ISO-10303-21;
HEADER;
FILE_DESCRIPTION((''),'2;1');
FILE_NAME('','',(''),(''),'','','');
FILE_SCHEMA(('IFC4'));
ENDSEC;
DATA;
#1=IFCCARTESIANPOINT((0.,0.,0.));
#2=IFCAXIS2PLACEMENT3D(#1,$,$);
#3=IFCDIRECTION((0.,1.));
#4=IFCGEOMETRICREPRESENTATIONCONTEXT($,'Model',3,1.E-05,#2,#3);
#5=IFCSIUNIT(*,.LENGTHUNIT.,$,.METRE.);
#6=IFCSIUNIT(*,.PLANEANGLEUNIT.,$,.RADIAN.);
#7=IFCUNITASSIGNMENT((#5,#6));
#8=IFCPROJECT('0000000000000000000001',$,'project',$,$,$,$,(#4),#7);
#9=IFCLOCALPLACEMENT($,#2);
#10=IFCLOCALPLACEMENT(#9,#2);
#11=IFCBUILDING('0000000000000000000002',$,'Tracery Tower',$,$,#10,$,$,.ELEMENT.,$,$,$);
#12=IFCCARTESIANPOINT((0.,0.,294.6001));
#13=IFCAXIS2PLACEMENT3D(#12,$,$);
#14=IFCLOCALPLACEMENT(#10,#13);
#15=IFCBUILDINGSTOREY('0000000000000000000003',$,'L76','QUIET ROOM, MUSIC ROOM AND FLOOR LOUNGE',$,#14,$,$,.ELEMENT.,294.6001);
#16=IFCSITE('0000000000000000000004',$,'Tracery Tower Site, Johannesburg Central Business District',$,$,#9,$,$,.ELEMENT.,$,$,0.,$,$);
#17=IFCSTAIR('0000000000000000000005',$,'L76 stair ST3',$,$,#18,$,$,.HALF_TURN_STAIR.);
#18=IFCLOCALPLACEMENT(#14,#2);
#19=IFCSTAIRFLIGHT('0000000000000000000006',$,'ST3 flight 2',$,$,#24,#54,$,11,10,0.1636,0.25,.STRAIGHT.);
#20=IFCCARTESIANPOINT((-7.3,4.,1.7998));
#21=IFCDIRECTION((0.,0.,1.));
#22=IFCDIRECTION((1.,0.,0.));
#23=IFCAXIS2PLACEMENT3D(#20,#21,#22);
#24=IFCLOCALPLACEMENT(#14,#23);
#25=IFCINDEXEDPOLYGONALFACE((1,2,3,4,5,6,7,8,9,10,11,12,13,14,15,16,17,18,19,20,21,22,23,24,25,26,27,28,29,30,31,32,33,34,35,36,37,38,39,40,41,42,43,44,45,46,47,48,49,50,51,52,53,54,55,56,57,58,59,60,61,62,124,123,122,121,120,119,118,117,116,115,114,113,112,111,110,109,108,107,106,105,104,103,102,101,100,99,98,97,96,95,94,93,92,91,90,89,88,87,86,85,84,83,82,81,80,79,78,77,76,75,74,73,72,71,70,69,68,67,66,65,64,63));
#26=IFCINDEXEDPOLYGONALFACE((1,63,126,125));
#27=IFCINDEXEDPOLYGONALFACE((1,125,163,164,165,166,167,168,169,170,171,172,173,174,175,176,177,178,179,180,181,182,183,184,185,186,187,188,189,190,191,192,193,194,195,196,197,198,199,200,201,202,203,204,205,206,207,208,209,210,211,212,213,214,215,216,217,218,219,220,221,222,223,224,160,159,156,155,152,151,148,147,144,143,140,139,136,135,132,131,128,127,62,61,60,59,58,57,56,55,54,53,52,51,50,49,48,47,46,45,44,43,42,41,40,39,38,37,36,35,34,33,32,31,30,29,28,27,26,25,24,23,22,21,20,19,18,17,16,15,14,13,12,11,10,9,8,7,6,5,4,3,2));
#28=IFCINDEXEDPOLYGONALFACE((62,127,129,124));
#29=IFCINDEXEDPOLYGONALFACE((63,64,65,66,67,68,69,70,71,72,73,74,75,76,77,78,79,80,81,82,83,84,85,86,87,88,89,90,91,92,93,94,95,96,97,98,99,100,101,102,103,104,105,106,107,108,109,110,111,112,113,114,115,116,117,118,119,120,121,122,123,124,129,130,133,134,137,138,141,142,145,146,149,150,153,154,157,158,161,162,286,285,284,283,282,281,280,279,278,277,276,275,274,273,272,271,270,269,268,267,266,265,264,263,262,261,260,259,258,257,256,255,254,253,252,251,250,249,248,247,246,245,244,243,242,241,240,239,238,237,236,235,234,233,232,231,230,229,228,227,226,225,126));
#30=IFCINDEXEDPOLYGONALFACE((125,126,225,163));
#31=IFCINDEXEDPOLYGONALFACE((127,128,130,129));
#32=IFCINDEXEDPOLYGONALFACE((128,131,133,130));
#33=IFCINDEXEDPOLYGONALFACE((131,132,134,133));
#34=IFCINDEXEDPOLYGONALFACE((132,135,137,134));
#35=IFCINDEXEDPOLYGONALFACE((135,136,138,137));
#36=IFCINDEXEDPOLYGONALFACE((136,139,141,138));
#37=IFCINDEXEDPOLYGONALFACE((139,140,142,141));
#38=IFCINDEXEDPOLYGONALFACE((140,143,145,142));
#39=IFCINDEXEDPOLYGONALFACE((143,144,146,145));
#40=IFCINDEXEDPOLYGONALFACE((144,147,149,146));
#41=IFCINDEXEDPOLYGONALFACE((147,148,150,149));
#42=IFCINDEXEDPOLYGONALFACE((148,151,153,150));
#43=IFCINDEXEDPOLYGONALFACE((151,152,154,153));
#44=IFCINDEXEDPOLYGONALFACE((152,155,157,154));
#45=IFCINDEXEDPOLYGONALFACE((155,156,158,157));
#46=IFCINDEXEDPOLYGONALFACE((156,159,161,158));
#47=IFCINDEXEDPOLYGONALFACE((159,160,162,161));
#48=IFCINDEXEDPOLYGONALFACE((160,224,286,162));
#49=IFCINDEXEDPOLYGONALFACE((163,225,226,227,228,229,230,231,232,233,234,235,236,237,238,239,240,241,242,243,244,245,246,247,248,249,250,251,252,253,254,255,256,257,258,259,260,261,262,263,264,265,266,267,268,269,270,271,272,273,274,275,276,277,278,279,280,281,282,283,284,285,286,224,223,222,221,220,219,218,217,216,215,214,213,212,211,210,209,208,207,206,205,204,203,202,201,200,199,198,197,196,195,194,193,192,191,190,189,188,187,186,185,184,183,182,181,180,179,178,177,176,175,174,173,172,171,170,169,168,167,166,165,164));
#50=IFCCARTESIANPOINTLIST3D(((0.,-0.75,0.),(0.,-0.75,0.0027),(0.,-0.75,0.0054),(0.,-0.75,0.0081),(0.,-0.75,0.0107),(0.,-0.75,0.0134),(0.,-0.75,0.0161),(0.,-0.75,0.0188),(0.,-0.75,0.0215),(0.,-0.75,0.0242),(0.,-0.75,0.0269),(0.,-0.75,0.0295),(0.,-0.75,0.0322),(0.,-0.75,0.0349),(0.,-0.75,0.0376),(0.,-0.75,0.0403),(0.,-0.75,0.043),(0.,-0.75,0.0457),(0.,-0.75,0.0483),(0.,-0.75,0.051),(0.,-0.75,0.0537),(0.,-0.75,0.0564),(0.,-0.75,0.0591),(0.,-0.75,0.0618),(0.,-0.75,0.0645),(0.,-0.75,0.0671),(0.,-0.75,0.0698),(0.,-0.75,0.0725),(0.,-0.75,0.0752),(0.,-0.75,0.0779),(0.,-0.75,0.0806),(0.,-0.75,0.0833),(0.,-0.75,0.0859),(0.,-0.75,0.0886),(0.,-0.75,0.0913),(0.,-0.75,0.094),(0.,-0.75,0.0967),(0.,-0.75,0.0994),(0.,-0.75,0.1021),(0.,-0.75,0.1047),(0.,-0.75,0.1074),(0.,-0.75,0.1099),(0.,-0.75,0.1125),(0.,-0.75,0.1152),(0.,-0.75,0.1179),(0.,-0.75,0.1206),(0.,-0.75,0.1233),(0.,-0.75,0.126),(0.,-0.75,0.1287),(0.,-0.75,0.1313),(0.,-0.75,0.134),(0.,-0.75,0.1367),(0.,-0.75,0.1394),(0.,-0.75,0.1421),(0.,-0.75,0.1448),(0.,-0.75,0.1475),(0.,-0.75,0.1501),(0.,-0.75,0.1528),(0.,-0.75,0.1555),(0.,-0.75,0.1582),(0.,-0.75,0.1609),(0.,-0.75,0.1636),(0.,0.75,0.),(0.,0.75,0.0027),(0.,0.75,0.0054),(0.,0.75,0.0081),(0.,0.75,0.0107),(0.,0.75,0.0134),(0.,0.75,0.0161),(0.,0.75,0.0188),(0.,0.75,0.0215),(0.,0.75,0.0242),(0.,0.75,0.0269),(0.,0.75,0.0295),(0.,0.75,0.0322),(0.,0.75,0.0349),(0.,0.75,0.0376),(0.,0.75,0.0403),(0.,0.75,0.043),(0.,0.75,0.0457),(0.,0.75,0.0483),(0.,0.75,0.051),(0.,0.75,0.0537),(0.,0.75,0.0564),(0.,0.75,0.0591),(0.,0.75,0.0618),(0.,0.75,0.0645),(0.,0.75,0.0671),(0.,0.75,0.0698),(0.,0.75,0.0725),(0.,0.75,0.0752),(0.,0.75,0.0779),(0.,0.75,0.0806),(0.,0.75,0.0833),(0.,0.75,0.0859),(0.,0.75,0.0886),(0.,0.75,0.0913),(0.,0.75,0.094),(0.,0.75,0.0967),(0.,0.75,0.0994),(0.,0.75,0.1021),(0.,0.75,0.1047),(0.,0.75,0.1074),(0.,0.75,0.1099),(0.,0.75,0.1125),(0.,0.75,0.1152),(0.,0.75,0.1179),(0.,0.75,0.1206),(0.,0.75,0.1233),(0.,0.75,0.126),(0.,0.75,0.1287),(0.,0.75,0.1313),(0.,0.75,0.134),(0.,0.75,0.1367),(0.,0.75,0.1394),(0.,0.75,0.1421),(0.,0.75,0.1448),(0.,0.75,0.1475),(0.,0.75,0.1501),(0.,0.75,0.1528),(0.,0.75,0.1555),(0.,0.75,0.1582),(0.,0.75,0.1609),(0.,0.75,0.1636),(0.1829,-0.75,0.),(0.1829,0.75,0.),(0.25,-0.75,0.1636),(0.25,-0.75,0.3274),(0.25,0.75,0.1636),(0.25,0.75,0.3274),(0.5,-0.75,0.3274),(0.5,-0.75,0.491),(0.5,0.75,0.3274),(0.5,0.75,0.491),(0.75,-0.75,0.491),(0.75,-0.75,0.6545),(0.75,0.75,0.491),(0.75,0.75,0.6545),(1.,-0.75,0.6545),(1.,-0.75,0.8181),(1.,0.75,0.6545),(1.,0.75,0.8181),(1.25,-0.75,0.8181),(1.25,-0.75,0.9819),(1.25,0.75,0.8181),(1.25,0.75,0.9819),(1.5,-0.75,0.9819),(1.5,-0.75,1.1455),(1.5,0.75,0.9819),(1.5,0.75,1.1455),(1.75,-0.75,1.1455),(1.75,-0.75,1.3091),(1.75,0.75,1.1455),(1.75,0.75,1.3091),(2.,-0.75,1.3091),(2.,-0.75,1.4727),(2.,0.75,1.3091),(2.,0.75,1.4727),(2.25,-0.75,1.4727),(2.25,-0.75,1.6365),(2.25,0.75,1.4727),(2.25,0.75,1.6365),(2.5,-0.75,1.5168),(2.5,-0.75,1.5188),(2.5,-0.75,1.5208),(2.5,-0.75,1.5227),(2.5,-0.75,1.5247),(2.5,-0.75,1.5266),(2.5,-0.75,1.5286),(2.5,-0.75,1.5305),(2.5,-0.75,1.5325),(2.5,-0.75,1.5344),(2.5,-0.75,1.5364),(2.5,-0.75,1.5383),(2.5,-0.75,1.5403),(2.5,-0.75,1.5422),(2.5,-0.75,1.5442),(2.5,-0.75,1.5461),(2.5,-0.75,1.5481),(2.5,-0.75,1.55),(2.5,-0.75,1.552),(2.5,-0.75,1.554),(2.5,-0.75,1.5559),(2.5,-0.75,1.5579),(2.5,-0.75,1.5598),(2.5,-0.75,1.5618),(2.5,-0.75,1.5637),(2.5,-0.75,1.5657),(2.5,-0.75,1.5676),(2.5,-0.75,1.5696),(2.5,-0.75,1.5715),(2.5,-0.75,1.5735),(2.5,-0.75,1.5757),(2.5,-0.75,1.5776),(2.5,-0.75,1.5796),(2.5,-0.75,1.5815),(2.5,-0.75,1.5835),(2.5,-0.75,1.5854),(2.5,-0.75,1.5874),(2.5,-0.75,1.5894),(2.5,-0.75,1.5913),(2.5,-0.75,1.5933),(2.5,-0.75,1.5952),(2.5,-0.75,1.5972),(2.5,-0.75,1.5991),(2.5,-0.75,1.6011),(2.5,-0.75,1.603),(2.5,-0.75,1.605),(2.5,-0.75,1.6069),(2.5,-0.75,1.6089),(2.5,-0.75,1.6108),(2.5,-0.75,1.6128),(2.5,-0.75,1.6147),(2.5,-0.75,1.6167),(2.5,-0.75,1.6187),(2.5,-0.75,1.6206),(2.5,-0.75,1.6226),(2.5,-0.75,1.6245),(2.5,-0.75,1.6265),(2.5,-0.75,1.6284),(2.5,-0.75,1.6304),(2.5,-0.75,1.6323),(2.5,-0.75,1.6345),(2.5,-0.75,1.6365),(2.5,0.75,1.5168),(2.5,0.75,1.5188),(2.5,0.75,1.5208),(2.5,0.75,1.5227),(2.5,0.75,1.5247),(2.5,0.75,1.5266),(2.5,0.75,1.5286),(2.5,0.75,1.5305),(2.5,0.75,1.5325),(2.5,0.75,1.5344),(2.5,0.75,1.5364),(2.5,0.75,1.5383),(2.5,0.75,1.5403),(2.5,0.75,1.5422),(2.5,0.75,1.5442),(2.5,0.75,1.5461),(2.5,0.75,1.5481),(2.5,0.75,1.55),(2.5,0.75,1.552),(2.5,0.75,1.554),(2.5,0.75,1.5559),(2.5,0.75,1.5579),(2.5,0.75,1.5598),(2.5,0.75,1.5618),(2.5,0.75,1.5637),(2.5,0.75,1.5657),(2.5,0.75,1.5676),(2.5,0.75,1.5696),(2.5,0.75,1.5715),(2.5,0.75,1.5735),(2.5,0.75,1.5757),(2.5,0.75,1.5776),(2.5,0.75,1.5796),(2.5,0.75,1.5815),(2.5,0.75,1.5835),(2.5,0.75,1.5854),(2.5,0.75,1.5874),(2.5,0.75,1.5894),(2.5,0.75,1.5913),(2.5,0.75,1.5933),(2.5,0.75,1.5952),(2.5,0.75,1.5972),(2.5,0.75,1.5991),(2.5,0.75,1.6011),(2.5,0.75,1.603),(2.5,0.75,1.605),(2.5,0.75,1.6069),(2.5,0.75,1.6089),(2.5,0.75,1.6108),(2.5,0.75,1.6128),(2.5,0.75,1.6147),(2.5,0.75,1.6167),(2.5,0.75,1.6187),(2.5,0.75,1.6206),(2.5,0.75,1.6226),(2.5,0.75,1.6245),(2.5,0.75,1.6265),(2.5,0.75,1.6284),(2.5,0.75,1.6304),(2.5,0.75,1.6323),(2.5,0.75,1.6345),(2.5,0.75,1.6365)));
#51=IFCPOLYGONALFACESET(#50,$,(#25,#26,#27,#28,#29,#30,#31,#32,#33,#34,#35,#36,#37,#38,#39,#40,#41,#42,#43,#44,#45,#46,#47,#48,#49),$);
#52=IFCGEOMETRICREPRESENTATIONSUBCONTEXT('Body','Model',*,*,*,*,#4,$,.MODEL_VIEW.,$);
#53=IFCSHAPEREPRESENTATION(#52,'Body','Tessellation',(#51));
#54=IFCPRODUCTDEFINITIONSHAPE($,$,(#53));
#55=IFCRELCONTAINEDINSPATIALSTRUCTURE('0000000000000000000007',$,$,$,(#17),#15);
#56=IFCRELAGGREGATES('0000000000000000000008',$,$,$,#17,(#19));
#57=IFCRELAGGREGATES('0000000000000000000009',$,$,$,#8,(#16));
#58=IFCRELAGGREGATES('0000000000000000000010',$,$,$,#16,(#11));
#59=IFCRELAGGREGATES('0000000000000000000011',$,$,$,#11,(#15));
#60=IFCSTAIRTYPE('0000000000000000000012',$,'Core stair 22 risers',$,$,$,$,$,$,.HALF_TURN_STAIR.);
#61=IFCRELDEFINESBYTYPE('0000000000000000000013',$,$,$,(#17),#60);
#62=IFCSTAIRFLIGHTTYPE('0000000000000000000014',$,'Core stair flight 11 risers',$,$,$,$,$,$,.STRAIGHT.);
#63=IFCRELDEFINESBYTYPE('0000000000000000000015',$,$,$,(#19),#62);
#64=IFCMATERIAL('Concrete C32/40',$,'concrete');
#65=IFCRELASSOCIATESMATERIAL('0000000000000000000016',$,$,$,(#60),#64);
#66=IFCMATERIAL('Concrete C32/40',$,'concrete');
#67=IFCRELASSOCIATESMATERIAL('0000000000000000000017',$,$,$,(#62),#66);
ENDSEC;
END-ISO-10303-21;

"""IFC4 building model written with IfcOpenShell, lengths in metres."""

from ifc_helpers import new_model, si_unit, direction, frame, origin, place, context, subcontext, project, spatial, polyline, outline, extrude, material, type_object, element, aggregate, save


model = new_model("IFC4")

# Units and contexts
model_context = context("Model", 3, precision=1e-05, world=origin(), true_north=direction((0.0, 1.0)))
body_context = subcontext(model_context, "Body", "Model", "MODEL_VIEW")
ifc_project = project(units=[si_unit("LENGTHUNIT", "METRE"), si_unit("PLANEANGLEUNIT", "RADIAN")], contexts=[model_context])

# Site, building, storey
site_placement = place(None, origin())
site = spatial("IfcSite", under=ifc_project, at=site_placement, Name="Tracery Tower Site, Johannesburg Central Business District", CompositionType="ELEMENT", RefElevation=0.0)
building_placement = place(site_placement, origin())
building = spatial("IfcBuilding", under=site, at=building_placement, Name="Tracery Tower", CompositionType="ELEMENT")
storey_placement = place(building_placement, frame((0.0, 0.0, 294.6001)))
storey = spatial("IfcBuildingStorey", under=building, at=storey_placement, Name="L76", Description="QUIET ROOM, MUSIC ROOM AND FLOOR LOUNGE", CompositionType="ELEMENT", Elevation=294.6001)

# Stair, stair flight
ifc_material_1 = material(Name="Concrete C32/40", Category="concrete")
stair_type = type_object("IfcStairType", Name="Core stair 22 risers", PredefinedType="HALF_TURN_STAIR", material=ifc_material_1)
stair_placement = place(storey_placement, origin())
stair = element("IfcStair", 1, at=stair_placement, inside=storey, type_object=stair_type, Name="L76 stair ST3", PredefinedType="HALF_TURN_STAIR")
ifc_material_2 = material(Name="Concrete C32/40", Category="concrete")
stair_flight_type = type_object("IfcStairFlightType", Name="Core stair flight 11 risers", PredefinedType="STRAIGHT", material=ifc_material_2)
stair_flight_1_placement = place(storey_placement, frame((-7.3, 4.0, 1.7998), z_axis=(0.0, 0.0, 1.0), x_axis=(1.0, 0.0, 0.0)))
stair_flight_1 = element("IfcStairFlight", 2, at=stair_flight_1_placement, type_object=stair_flight_type, Name="ST3 flight 2", NumberOfRisers=11, NumberOfTreads=10, PredefinedType="STRAIGHT", RiserHeight=0.1636, TreadLength=0.25, context=body_context, shape_type="SweptSolid", body=[
    extrude(outline(polyline([(0.0, 0.0), (0.0, 0.0027), (0.0, 0.0054), (0.0, 0.0081), (0.0, 0.0107), (0.0, 0.0134), (0.0, 0.0161), (0.0, 0.0188), (0.0, 0.0215), (0.0, 0.0242), (0.0, 0.0269), (0.0, 0.0295), (0.0, 0.0322), (0.0, 0.0349), (0.0, 0.0376), (0.0, 0.0403), (0.0, 0.043), (0.0, 0.0457), (0.0, 0.0483), (0.0, 0.051), (0.0, 0.0537), (0.0, 0.0564), (0.0, 0.0591), (0.0, 0.0618), (0.0, 0.0645), (0.0, 0.0671), (0.0, 0.0698), (0.0, 0.0725), (0.0, 0.0752), (0.0, 0.0779), (0.0, 0.0806), (0.0, 0.0833), (0.0, 0.0859), (0.0, 0.0886), (0.0, 0.0913), (0.0, 0.094), (0.0, 0.0967), (0.0, 0.0994), (0.0, 0.1021), (0.0, 0.1047), (0.0, 0.1074), (0.0, 0.1099), (0.0, 0.1125), (0.0, 0.1152), (0.0, 0.1179), (0.0, 0.1206), (0.0, 0.1233), (0.0, 0.126), (0.0, 0.1287), (0.0, 0.1313), (0.0, 0.134), (0.0, 0.1367), (0.0, 0.1394), (0.0, 0.1421), (0.0, 0.1448), (0.0, 0.1475), (0.0, 0.1501), (0.0, 0.1528), (0.0, 0.1555), (0.0, 0.1582), (0.0, 0.1609), (0.0, 0.1636), (0.25, 0.1636), (0.25, 0.3274), (0.5, 0.3274), (0.5, 0.491), (0.75, 0.491), (0.75, 0.6545), (1.0, 0.6545), (1.0, 0.8181), (1.25, 0.8181), (1.25, 0.9819), (1.5, 0.9819), (1.5, 1.1455), (1.75, 1.1455), (1.75, 1.3091), (2.0, 1.3091), (2.0, 1.4727), (2.25, 1.4727), (2.25, 1.6365), (2.5, 1.6365), (2.5, 1.6345), (2.5, 1.6323), (2.5, 1.6304), (2.5, 1.6284), (2.5, 1.6265), (2.5, 1.6245), (2.5, 1.6226), (2.5, 1.6206), (2.5, 1.6187), (2.5, 1.6167), (2.5, 1.6147), (2.5, 1.6128), (2.5, 1.6108), (2.5, 1.6089), (2.5, 1.6069), (2.5, 1.605), (2.5, 1.603), (2.5, 1.6011), (2.5, 1.5991), (2.5, 1.5972), (2.5, 1.5952), (2.5, 1.5933), (2.5, 1.5913), (2.5, 1.5894), (2.5, 1.5874), (2.5, 1.5854), (2.5, 1.5835), (2.5, 1.5815), (2.5, 1.5796), (2.5, 1.5776), (2.5, 1.5757), (2.5, 1.5735), (2.5, 1.5715), (2.5, 1.5696), (2.5, 1.5676), (2.5, 1.5657), (2.5, 1.5637), (2.5, 1.5618), (2.5, 1.5598), (2.5, 1.5579), (2.5, 1.5559), (2.5, 1.554), (2.5, 1.552), (2.5, 1.55), (2.5, 1.5481), (2.5, 1.5461), (2.5, 1.5442), (2.5, 1.5422), (2.5, 1.5403), (2.5, 1.5383), (2.5, 1.5364), (2.5, 1.5344), (2.5, 1.5325), (2.5, 1.5305), (2.5, 1.5286), (2.5, 1.5266), (2.5, 1.5247), (2.5, 1.5227), (2.5, 1.5208), (2.5, 1.5188), (2.5, 1.5168), (0.1829, 0.0), (0.0, 0.0)])), frame((0.0, 0.75, 0.0), z_axis=(0.0, -1.0, 0.0), x_axis=(1.0, 0.0, 0.0)), (0.0, 0.0, 1.0), 1.5),
])
aggregate(stair, [stair_flight_1])

save(model, "model.ifc")
